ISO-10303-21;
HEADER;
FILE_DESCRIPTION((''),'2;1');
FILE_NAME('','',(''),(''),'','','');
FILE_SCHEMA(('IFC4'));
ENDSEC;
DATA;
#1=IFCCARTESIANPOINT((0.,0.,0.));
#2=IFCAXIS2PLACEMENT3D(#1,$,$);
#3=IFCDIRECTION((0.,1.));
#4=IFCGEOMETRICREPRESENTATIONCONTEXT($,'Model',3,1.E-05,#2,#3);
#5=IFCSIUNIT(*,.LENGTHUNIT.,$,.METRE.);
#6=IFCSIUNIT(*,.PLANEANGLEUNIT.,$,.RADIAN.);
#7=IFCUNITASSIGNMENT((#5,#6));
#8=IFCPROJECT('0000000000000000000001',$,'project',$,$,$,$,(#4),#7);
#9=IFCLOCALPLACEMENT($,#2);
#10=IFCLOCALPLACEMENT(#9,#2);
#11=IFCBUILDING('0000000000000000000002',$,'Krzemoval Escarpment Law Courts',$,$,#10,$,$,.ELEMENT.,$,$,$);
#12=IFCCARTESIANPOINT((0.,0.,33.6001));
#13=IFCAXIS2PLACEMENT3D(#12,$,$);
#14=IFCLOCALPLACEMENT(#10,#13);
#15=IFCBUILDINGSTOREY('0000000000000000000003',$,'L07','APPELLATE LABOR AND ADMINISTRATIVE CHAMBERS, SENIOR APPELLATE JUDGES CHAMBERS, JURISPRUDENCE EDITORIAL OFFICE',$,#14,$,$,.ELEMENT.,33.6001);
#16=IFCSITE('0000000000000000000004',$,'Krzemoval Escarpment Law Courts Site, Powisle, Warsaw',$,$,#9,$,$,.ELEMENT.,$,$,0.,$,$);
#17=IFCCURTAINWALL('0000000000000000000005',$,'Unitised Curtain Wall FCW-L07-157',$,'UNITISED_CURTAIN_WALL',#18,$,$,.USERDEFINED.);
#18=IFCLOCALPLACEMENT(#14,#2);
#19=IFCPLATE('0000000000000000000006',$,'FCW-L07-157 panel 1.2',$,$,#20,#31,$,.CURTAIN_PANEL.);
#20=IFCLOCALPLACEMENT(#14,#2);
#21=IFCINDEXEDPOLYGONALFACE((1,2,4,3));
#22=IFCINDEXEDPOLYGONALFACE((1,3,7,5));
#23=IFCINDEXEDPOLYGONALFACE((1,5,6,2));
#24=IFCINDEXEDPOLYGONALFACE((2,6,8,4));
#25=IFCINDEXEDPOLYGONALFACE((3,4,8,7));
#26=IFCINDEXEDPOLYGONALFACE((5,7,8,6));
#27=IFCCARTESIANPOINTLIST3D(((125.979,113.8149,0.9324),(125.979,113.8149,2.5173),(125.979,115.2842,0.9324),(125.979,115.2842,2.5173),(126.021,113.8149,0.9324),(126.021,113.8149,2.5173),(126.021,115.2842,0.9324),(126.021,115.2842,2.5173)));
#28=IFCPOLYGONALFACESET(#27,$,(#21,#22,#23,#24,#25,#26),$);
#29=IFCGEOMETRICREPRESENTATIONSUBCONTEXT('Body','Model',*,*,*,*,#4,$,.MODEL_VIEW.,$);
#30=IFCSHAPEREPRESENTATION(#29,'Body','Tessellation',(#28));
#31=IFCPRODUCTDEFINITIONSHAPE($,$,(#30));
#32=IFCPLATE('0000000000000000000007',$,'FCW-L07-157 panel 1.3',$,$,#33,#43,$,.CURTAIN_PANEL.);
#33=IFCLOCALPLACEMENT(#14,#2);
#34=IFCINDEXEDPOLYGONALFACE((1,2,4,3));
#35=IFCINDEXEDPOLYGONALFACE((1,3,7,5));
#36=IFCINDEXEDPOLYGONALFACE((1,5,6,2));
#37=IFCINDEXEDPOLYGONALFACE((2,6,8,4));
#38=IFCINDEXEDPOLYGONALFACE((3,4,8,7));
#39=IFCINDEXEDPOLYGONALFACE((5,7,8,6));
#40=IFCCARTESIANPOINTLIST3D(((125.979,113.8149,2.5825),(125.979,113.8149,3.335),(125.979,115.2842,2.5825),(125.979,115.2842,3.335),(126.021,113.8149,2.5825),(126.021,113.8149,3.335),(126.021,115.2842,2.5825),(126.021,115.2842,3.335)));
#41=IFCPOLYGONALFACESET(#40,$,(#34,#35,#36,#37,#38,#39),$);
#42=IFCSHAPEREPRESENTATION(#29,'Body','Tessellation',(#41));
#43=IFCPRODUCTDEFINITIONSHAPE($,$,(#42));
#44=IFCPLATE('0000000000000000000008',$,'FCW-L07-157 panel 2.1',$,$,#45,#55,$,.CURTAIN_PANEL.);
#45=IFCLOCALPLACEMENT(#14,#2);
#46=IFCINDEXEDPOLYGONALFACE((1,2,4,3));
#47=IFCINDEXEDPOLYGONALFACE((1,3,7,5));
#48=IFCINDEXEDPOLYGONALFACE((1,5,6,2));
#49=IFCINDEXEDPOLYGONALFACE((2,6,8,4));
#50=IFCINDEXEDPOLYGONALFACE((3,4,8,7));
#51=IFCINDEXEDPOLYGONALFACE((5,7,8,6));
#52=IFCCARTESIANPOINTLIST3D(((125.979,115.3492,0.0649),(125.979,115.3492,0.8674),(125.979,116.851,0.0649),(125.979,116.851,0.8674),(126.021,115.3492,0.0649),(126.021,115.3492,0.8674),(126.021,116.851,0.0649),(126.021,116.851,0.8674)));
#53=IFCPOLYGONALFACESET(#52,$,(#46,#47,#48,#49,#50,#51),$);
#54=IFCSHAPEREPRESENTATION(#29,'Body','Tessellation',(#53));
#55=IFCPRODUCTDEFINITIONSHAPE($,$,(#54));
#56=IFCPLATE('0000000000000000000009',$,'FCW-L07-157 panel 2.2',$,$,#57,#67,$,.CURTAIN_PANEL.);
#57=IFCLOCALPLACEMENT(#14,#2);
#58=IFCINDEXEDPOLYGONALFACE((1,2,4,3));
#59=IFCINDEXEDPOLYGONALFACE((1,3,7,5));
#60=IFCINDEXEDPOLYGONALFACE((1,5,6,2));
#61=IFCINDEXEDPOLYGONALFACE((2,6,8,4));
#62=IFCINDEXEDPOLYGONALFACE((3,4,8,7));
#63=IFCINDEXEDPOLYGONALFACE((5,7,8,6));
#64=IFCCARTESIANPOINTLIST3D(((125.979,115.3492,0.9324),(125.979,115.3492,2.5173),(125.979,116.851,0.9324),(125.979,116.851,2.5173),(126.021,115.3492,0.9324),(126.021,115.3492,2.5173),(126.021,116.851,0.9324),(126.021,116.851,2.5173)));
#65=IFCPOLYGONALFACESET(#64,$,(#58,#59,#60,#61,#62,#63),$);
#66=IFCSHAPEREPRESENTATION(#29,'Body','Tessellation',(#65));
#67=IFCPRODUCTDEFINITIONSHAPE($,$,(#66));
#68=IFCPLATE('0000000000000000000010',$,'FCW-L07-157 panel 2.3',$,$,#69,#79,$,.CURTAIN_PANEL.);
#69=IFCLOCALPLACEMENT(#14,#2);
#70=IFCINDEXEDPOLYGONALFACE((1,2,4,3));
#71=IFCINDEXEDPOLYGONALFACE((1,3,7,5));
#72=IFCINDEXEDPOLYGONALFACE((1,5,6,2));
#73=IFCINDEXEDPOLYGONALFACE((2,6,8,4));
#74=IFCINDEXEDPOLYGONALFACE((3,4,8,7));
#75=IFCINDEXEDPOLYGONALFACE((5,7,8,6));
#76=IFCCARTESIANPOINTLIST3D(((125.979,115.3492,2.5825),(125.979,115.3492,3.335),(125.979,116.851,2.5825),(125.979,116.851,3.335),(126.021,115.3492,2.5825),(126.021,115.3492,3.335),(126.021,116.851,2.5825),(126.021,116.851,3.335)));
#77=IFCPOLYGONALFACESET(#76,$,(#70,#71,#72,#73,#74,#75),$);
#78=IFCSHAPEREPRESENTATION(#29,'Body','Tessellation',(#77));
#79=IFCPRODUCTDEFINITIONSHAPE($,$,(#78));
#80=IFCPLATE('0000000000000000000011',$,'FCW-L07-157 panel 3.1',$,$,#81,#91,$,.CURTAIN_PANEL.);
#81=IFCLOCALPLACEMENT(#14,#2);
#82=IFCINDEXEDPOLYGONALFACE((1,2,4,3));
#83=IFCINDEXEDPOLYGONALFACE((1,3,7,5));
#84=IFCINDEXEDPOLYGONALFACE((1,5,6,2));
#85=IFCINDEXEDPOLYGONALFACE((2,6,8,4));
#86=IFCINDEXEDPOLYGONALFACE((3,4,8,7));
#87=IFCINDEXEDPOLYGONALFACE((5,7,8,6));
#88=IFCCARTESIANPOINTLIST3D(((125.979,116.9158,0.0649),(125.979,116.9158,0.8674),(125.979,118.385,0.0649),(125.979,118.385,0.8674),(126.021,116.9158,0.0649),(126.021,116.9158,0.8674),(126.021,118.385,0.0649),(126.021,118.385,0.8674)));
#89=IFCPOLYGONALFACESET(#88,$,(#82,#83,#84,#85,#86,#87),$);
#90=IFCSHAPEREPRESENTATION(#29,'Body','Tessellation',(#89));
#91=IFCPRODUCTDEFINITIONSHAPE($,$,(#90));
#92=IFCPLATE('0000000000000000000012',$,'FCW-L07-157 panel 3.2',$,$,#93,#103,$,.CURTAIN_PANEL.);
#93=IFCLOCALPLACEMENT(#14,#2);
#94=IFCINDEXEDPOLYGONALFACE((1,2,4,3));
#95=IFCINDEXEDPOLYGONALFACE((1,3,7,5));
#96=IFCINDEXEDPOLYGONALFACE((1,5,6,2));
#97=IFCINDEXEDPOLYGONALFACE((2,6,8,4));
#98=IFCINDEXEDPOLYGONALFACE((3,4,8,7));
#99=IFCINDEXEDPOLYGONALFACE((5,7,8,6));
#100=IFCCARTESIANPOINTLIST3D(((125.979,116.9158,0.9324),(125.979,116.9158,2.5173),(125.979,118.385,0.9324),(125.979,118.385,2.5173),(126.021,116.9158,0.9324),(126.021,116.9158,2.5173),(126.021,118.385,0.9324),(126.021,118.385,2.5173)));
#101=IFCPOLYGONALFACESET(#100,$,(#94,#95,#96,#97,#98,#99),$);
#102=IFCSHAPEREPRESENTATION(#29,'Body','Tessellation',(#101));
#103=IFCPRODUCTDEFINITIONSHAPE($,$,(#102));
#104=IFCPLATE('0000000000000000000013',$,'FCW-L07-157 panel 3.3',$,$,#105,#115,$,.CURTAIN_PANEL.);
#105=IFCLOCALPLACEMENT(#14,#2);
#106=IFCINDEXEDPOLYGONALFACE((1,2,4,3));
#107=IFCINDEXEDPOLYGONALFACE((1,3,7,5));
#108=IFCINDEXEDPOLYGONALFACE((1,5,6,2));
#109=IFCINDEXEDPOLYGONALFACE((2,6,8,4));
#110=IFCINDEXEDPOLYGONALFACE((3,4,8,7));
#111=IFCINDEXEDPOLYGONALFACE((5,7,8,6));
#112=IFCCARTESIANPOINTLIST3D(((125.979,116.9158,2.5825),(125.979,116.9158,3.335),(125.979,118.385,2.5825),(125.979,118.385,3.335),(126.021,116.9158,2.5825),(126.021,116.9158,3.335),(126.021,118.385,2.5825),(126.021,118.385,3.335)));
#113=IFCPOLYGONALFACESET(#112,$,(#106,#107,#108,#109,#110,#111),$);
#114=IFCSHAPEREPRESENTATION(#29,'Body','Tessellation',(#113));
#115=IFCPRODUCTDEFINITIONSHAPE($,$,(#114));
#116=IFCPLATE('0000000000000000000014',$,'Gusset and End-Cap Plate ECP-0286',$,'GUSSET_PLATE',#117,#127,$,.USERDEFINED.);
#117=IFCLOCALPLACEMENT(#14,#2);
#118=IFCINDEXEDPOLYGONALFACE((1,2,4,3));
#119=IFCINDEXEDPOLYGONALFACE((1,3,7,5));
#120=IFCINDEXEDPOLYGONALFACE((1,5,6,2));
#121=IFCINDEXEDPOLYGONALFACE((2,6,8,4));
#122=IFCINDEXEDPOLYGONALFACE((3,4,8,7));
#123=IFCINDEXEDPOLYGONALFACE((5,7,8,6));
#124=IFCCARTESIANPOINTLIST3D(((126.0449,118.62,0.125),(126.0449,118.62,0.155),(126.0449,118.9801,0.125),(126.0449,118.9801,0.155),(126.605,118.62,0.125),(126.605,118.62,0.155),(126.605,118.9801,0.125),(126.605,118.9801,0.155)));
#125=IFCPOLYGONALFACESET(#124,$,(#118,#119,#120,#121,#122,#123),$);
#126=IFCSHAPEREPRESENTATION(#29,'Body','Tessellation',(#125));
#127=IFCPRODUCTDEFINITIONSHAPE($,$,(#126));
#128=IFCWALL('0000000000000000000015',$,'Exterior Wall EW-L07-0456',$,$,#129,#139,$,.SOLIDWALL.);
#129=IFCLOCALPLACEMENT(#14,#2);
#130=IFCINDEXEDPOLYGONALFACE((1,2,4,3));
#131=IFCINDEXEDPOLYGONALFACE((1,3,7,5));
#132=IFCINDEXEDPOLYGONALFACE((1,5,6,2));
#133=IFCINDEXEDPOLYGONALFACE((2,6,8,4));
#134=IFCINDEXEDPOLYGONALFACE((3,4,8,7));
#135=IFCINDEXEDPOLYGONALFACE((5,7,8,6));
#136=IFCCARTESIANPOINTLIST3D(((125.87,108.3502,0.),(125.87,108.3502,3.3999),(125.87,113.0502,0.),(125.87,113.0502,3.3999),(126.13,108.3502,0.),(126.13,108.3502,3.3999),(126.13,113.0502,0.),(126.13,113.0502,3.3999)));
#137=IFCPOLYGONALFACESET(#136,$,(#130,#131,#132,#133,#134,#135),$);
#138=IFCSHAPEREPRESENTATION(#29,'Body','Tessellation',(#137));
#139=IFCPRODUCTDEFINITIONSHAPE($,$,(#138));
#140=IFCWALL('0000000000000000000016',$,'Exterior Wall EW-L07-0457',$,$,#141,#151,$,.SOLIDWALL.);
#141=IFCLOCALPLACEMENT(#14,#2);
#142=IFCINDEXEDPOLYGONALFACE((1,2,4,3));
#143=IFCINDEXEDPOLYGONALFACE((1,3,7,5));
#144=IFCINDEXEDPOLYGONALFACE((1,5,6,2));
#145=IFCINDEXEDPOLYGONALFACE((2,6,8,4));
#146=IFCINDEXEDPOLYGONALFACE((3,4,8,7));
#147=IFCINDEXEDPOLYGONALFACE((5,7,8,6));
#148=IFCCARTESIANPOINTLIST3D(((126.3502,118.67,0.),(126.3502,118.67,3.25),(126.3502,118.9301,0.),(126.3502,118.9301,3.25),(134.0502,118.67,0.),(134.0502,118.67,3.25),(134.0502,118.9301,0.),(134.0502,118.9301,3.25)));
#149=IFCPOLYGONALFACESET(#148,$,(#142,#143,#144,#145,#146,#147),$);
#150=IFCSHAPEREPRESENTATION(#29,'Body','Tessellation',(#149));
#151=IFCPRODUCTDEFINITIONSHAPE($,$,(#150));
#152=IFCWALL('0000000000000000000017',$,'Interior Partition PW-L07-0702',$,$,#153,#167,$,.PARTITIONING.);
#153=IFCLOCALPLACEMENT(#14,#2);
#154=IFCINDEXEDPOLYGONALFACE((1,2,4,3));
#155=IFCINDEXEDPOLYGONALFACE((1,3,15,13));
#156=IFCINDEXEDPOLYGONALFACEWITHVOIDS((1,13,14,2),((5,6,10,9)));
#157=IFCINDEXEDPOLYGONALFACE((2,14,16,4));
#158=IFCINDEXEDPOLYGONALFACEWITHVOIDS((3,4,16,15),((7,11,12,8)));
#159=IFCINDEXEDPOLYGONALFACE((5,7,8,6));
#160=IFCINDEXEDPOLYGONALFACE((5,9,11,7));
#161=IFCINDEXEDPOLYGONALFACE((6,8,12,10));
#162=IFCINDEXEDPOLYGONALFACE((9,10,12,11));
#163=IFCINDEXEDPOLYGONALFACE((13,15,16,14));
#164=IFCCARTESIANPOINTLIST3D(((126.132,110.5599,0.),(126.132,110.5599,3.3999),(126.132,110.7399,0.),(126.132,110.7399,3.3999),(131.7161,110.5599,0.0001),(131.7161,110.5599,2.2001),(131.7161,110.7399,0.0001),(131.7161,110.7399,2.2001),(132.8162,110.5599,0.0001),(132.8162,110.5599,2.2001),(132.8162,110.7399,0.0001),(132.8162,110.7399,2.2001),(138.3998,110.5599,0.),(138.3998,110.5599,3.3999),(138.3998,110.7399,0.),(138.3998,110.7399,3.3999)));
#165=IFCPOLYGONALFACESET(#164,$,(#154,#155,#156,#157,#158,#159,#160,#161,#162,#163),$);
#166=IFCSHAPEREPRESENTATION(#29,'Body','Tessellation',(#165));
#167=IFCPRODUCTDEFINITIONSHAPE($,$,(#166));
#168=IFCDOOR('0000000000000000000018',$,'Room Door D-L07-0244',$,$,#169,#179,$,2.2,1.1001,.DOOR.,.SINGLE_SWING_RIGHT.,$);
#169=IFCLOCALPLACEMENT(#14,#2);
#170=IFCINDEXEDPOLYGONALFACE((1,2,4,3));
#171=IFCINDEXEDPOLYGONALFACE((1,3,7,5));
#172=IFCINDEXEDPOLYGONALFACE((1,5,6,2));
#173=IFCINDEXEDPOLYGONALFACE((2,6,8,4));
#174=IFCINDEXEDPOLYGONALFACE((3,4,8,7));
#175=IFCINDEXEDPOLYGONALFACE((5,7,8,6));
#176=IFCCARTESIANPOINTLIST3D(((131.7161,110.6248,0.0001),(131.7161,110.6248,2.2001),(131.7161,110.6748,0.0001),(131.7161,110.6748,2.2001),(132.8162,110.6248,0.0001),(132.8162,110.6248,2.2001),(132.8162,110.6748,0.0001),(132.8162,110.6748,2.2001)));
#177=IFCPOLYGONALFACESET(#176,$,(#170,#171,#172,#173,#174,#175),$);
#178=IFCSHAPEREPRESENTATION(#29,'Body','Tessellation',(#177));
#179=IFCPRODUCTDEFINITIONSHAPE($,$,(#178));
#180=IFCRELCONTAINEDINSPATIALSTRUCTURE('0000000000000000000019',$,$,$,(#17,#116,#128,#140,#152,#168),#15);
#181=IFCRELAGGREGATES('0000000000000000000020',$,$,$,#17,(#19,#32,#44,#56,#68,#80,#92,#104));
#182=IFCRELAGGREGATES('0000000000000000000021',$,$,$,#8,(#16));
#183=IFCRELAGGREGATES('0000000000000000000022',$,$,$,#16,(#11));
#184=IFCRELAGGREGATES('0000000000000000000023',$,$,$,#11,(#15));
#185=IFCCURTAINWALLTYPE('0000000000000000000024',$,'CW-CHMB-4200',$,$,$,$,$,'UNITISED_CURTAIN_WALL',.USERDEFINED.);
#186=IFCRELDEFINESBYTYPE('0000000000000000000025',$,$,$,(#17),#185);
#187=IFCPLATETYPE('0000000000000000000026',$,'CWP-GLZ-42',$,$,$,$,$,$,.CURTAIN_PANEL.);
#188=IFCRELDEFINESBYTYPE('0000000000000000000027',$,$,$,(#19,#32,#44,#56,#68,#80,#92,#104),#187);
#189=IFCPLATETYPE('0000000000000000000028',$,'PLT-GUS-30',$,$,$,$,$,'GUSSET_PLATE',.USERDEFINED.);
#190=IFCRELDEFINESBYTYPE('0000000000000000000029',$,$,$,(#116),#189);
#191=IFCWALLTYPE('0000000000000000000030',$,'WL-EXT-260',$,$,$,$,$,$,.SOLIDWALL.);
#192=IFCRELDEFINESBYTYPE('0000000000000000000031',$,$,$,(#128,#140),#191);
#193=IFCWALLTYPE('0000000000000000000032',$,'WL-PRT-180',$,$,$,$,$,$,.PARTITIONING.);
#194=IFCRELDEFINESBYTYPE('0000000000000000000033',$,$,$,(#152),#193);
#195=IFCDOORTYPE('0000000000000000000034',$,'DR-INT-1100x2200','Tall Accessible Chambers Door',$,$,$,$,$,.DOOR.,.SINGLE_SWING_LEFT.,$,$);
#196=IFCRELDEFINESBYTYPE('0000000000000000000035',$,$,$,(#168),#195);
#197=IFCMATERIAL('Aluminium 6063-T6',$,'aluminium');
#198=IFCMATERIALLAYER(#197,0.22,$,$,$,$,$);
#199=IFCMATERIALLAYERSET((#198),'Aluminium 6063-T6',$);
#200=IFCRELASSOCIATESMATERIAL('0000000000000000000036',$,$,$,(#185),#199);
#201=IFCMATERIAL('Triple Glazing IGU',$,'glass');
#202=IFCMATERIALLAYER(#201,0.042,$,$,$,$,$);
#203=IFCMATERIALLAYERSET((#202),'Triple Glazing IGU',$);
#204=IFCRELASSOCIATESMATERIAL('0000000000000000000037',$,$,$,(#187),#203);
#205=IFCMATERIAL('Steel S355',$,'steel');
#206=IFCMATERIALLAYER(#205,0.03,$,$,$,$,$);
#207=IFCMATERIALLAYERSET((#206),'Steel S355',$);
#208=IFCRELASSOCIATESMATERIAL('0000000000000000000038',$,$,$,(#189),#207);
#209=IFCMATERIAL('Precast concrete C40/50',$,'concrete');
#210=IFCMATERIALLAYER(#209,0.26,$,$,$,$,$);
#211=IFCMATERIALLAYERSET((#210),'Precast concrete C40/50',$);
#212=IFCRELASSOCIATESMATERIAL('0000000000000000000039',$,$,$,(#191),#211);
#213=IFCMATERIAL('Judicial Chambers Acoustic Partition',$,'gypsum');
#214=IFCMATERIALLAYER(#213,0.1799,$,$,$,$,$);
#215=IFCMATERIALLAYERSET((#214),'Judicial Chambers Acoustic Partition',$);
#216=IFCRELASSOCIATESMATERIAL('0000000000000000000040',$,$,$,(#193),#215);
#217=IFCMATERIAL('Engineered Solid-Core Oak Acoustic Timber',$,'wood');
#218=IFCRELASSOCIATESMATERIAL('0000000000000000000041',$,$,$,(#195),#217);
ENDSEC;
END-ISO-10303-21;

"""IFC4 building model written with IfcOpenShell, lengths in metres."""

from ifc_helpers import new_model, si_unit, direction, frame, frame_2d, origin, origin_2d, place, context, subcontext, project, spatial, rectangle, extrude, material, layer, layer_set, type_object, element, fill, aggregate, save


model = new_model("IFC4")

# Units and contexts
model_context = context("Model", 3, precision=1e-05, world=origin(), true_north=direction((0.0, 1.0)))
body_context = subcontext(model_context, "Body", "Model", "MODEL_VIEW")
ifc_project = project(units=[si_unit("LENGTHUNIT", "METRE"), si_unit("PLANEANGLEUNIT", "RADIAN")], contexts=[model_context])

# Site, building, storey
site_placement = place(None, origin())
site = spatial("IfcSite", under=ifc_project, at=site_placement, Name="Krzemoval Escarpment Law Courts Site, Powisle, Warsaw", CompositionType="ELEMENT", RefElevation=0.0)
building_placement = place(site_placement, origin())
building = spatial("IfcBuilding", under=site, at=building_placement, Name="Krzemoval Escarpment Law Courts", CompositionType="ELEMENT")
storey_placement = place(building_placement, frame((0.0, 0.0, 33.6001)))
storey = spatial("IfcBuildingStorey", under=building, at=storey_placement, Name="L07", Description="APPELLATE LABOR AND ADMINISTRATIVE CHAMBERS, SENIOR APPELLATE JUDGES CHAMBERS, JURISPRUDENCE EDITORIAL OFFICE", CompositionType="ELEMENT", Elevation=33.6001)

# Curtain wall
ifc_material_1 = material(Name="Aluminium 6063-T6", Category="aluminium")
ifc_layer_1 = layer(ifc_material_1, 0.22)
ifc_layer_set_1 = layer_set([ifc_layer_1], Name="Aluminium 6063-T6")
curtain_wall_type = type_object("IfcCurtainWallType", Name="CW-CHMB-4200", ElementType="UNITISED_CURTAIN_WALL", PredefinedType="USERDEFINED", material=ifc_layer_set_1)
curtain_wall_placement = place(storey_placement, origin())
curtain_wall = element("IfcCurtainWall", 1, at=curtain_wall_placement, inside=storey, type_object=curtain_wall_type, Name="Unitised Curtain Wall FCW-L07-157", ObjectType="UNITISED_CURTAIN_WALL", PredefinedType="USERDEFINED")

# Plates
ifc_material_2 = material(Name="Triple Glazing IGU", Category="glass")
ifc_layer_2 = layer(ifc_material_2, 0.042)
ifc_layer_set_2 = layer_set([ifc_layer_2], Name="Triple Glazing IGU")
plate_type_1 = type_object("IfcPlateType", Name="CWP-GLZ-42", PredefinedType="CURTAIN_PANEL", material=ifc_layer_set_2)
plate_1_placement = place(storey_placement, frame((126.0, 114.5496, 0.9324), z_axis=(0.0, 0.0, 1.0), x_axis=(0.0, 1.0, 0.0)))
plate_1 = element("IfcPlate", 2, at=plate_1_placement, type_object=plate_type_1, Name="FCW-L07-157 panel 1.2", PredefinedType="CURTAIN_PANEL", context=body_context, shape_type="SweptSolid", body=[
    extrude(rectangle(XDim=1.4692, YDim=0.042, at=origin_2d()), origin(), (0.0, 0.0, 1.0), 1.585),
])
plate_2_placement = place(storey_placement, frame((126.0, 114.5496, 2.5825), z_axis=(0.0, 0.0, 1.0), x_axis=(0.0, 1.0, 0.0)))
plate_2 = element("IfcPlate", 3, at=plate_2_placement, type_object=plate_type_1, Name="FCW-L07-157 panel 1.3", PredefinedType="CURTAIN_PANEL", context=body_context, shape_type="SweptSolid", body=[
    extrude(rectangle(XDim=1.4692, YDim=0.042, at=origin_2d()), origin(), (0.0, 0.0, 1.0), 0.7524),
])
plate_3_placement = place(storey_placement, frame((126.0, 116.1001, 0.0649), z_axis=(0.0, 0.0, 1.0), x_axis=(0.0, 1.0, 0.0)))
plate_3 = element("IfcPlate", 4, at=plate_3_placement, type_object=plate_type_1, Name="FCW-L07-157 panel 2.1", PredefinedType="CURTAIN_PANEL", context=body_context, shape_type="SweptSolid", body=[
    extrude(rectangle(XDim=1.5017, YDim=0.042, at=origin_2d()), origin(), (0.0, 0.0, 1.0), 0.8025),
])
plate_4_placement = place(storey_placement, frame((126.0, 116.1001, 0.9324), z_axis=(0.0, 0.0, 1.0), x_axis=(0.0, 1.0, 0.0)))
plate_4 = element("IfcPlate", 5, at=plate_4_placement, type_object=plate_type_1, Name="FCW-L07-157 panel 2.2", PredefinedType="CURTAIN_PANEL", context=body_context, shape_type="SweptSolid", body=[
    extrude(rectangle(XDim=1.5017, YDim=0.042, at=origin_2d()), origin(), (0.0, 0.0, 1.0), 1.585),
])
plate_5_placement = place(storey_placement, frame((126.0, 116.1001, 2.5825), z_axis=(0.0, 0.0, 1.0), x_axis=(0.0, 1.0, 0.0)))
plate_5 = element("IfcPlate", 6, at=plate_5_placement, type_object=plate_type_1, Name="FCW-L07-157 panel 2.3", PredefinedType="CURTAIN_PANEL", context=body_context, shape_type="SweptSolid", body=[
    extrude(rectangle(XDim=1.5017, YDim=0.042, at=origin_2d()), origin(), (0.0, 0.0, 1.0), 0.7524),
])
plate_6_placement = place(storey_placement, frame((126.0, 117.6504, 0.0649), z_axis=(0.0, 0.0, 1.0), x_axis=(0.0, 1.0, 0.0)))
plate_6 = element("IfcPlate", 7, at=plate_6_placement, type_object=plate_type_1, Name="FCW-L07-157 panel 3.1", PredefinedType="CURTAIN_PANEL", context=body_context, shape_type="SweptSolid", body=[
    extrude(rectangle(XDim=1.4692, YDim=0.042, at=origin_2d()), origin(), (0.0, 0.0, 1.0), 0.8025),
])
plate_7_placement = place(storey_placement, frame((126.0, 117.6504, 0.9324), z_axis=(0.0, 0.0, 1.0), x_axis=(0.0, 1.0, 0.0)))
plate_7 = element("IfcPlate", 8, at=plate_7_placement, type_object=plate_type_1, Name="FCW-L07-157 panel 3.2", PredefinedType="CURTAIN_PANEL", context=body_context, shape_type="SweptSolid", body=[
    extrude(rectangle(XDim=1.4692, YDim=0.042, at=origin_2d()), origin(), (0.0, 0.0, 1.0), 1.585),
])
plate_8_placement = place(storey_placement, frame((126.0, 117.6504, 2.5825), z_axis=(0.0, 0.0, 1.0), x_axis=(0.0, 1.0, 0.0)))
plate_8 = element("IfcPlate", 9, at=plate_8_placement, type_object=plate_type_1, Name="FCW-L07-157 panel 3.3", PredefinedType="CURTAIN_PANEL", context=body_context, shape_type="SweptSolid", body=[
    extrude(rectangle(XDim=1.4692, YDim=0.042, at=origin_2d()), origin(), (0.0, 0.0, 1.0), 0.7524),
])
aggregate(curtain_wall, [plate_1, plate_2, plate_3, plate_4, plate_5, plate_6, plate_7, plate_8])
ifc_material_3 = material(Name="Steel S355", Category="steel")
ifc_layer_3 = layer(ifc_material_3, 0.03)
ifc_layer_set_3 = layer_set([ifc_layer_3], Name="Steel S355")
plate_type_2 = type_object("IfcPlateType", Name="PLT-GUS-30", ElementType="GUSSET_PLATE", PredefinedType="USERDEFINED", material=ifc_layer_set_3)
plate_9_placement = place(storey_placement, frame((126.325, 118.8, 0.125), z_axis=(0.0, 0.0, 1.0), x_axis=(1.0, 0.0, 0.0)))
element("IfcPlate", 10, at=plate_9_placement, inside=storey, type_object=plate_type_2, Name="Gusset and End-Cap Plate ECP-0286", ObjectType="GUSSET_PLATE", PredefinedType="USERDEFINED", context=body_context, shape_type="SweptSolid", body=[
    extrude(rectangle(XDim=0.5601, YDim=0.3601, at=origin_2d()), origin(), (0.0, 0.0, 1.0), 0.03),
])

# Walls
ifc_material_4 = material(Name="Precast concrete C40/50", Category="concrete")
ifc_layer_4 = layer(ifc_material_4, 0.26)
ifc_layer_set_4 = layer_set([ifc_layer_4], Name="Precast concrete C40/50")
wall_type_1 = type_object("IfcWallType", Name="WL-EXT-260", PredefinedType="SOLIDWALL", material=ifc_layer_set_4)
wall_1_placement = place(storey_placement, frame((126.0, 108.3501, 0.0), z_axis=(0.0, 0.0, 1.0), x_axis=(0.0, 1.0, 0.0)))
element("IfcWall", 11, at=wall_1_placement, inside=storey, type_object=wall_type_1, Name="Exterior Wall EW-L07-0456", PredefinedType="SOLIDWALL", context=body_context, shape_type="SweptSolid", body=[
    extrude(rectangle(XDim=4.7, YDim=0.26, at=frame_2d((2.3501, 0.0))), origin(), (0.0, 0.0, 1.0), 3.3999),
])
wall_2_placement = place(storey_placement, frame((126.3501, 118.8, 0.0), z_axis=(0.0, 0.0, 1.0), x_axis=(1.0, 0.0, 0.0)))
element("IfcWall", 12, at=wall_2_placement, inside=storey, type_object=wall_type_1, Name="Exterior Wall EW-L07-0457", PredefinedType="SOLIDWALL", context=body_context, shape_type="SweptSolid", body=[
    extrude(rectangle(XDim=7.7, YDim=0.26, at=frame_2d((3.8501, 0.0))), origin(), (0.0, 0.0, 1.0), 3.25),
])

# Wall, opening, door
ifc_material_5 = material(Name="Judicial Chambers Acoustic Partition", Category="gypsum")
ifc_layer_5 = layer(ifc_material_5, 0.1799)
ifc_layer_set_5 = layer_set([ifc_layer_5], Name="Judicial Chambers Acoustic Partition")
wall_type_2 = type_object("IfcWallType", Name="WL-PRT-180", PredefinedType="PARTITIONING", material=ifc_layer_set_5)
wall_3_placement = place(storey_placement, frame((126.1321, 110.6499, 0.0), z_axis=(0.0, 0.0, 1.0), x_axis=(1.0, 0.0, 0.0)))
wall_3 = element("IfcWall", 13, at=wall_3_placement, inside=storey, type_object=wall_type_2, Name="Interior Partition PW-L07-0702", PredefinedType="PARTITIONING", context=body_context, shape_type="SweptSolid", body=[
    extrude(rectangle(XDim=12.2678, YDim=0.1799, at=frame_2d((6.1338, 0.0))), origin(), (0.0, 0.0, 1.0), 3.3999),
])
opening_1_placement = place(wall_3_placement, frame((5.584, 0.0, 0.0)))
opening_1 = element("IfcOpeningElement", 14, at=opening_1_placement, cuts=wall_3, PredefinedType="OPENING", context=body_context, shape_type="SweptSolid", body=[
    extrude(rectangle(XDim=1.1001, YDim=2.2, at=frame_2d((0.55, 1.1001))), frame((0.0, 0.105, 0.0), z_axis=(0.0, -1.0, 0.0), x_axis=(1.0, 0.0, 0.0)), (0.0, 0.0, 1.0), 0.2099),
])
ifc_material_6 = material(Name="Engineered Solid-Core Oak Acoustic Timber", Category="wood")
door_type_1 = type_object("IfcDoorType", Name="DR-INT-1100x2200", Description="Tall Accessible Chambers Door", OperationType="SINGLE_SWING_LEFT", PredefinedType="DOOR", material=ifc_material_6)
door_1_placement = place(opening_1_placement, origin())
door_1 = element("IfcDoor", 15, at=door_1_placement, inside=storey, type_object=door_type_1, Name="Room Door D-L07-0244", OperationType="SINGLE_SWING_RIGHT", OverallHeight=2.2, OverallWidth=1.1001, PredefinedType="DOOR", context=body_context, shape_type="SweptSolid", body=[
    extrude(rectangle(XDim=1.1001, YDim=2.2, at=frame_2d((0.55, 1.1001))), frame((0.0, 0.0249, 0.0), z_axis=(0.0, -1.0, 0.0), x_axis=(1.0, 0.0, 0.0)), (0.0, 0.0, 1.0), 0.05),
])
fill(opening_1, door_1)

save(model, "model.ifc")
